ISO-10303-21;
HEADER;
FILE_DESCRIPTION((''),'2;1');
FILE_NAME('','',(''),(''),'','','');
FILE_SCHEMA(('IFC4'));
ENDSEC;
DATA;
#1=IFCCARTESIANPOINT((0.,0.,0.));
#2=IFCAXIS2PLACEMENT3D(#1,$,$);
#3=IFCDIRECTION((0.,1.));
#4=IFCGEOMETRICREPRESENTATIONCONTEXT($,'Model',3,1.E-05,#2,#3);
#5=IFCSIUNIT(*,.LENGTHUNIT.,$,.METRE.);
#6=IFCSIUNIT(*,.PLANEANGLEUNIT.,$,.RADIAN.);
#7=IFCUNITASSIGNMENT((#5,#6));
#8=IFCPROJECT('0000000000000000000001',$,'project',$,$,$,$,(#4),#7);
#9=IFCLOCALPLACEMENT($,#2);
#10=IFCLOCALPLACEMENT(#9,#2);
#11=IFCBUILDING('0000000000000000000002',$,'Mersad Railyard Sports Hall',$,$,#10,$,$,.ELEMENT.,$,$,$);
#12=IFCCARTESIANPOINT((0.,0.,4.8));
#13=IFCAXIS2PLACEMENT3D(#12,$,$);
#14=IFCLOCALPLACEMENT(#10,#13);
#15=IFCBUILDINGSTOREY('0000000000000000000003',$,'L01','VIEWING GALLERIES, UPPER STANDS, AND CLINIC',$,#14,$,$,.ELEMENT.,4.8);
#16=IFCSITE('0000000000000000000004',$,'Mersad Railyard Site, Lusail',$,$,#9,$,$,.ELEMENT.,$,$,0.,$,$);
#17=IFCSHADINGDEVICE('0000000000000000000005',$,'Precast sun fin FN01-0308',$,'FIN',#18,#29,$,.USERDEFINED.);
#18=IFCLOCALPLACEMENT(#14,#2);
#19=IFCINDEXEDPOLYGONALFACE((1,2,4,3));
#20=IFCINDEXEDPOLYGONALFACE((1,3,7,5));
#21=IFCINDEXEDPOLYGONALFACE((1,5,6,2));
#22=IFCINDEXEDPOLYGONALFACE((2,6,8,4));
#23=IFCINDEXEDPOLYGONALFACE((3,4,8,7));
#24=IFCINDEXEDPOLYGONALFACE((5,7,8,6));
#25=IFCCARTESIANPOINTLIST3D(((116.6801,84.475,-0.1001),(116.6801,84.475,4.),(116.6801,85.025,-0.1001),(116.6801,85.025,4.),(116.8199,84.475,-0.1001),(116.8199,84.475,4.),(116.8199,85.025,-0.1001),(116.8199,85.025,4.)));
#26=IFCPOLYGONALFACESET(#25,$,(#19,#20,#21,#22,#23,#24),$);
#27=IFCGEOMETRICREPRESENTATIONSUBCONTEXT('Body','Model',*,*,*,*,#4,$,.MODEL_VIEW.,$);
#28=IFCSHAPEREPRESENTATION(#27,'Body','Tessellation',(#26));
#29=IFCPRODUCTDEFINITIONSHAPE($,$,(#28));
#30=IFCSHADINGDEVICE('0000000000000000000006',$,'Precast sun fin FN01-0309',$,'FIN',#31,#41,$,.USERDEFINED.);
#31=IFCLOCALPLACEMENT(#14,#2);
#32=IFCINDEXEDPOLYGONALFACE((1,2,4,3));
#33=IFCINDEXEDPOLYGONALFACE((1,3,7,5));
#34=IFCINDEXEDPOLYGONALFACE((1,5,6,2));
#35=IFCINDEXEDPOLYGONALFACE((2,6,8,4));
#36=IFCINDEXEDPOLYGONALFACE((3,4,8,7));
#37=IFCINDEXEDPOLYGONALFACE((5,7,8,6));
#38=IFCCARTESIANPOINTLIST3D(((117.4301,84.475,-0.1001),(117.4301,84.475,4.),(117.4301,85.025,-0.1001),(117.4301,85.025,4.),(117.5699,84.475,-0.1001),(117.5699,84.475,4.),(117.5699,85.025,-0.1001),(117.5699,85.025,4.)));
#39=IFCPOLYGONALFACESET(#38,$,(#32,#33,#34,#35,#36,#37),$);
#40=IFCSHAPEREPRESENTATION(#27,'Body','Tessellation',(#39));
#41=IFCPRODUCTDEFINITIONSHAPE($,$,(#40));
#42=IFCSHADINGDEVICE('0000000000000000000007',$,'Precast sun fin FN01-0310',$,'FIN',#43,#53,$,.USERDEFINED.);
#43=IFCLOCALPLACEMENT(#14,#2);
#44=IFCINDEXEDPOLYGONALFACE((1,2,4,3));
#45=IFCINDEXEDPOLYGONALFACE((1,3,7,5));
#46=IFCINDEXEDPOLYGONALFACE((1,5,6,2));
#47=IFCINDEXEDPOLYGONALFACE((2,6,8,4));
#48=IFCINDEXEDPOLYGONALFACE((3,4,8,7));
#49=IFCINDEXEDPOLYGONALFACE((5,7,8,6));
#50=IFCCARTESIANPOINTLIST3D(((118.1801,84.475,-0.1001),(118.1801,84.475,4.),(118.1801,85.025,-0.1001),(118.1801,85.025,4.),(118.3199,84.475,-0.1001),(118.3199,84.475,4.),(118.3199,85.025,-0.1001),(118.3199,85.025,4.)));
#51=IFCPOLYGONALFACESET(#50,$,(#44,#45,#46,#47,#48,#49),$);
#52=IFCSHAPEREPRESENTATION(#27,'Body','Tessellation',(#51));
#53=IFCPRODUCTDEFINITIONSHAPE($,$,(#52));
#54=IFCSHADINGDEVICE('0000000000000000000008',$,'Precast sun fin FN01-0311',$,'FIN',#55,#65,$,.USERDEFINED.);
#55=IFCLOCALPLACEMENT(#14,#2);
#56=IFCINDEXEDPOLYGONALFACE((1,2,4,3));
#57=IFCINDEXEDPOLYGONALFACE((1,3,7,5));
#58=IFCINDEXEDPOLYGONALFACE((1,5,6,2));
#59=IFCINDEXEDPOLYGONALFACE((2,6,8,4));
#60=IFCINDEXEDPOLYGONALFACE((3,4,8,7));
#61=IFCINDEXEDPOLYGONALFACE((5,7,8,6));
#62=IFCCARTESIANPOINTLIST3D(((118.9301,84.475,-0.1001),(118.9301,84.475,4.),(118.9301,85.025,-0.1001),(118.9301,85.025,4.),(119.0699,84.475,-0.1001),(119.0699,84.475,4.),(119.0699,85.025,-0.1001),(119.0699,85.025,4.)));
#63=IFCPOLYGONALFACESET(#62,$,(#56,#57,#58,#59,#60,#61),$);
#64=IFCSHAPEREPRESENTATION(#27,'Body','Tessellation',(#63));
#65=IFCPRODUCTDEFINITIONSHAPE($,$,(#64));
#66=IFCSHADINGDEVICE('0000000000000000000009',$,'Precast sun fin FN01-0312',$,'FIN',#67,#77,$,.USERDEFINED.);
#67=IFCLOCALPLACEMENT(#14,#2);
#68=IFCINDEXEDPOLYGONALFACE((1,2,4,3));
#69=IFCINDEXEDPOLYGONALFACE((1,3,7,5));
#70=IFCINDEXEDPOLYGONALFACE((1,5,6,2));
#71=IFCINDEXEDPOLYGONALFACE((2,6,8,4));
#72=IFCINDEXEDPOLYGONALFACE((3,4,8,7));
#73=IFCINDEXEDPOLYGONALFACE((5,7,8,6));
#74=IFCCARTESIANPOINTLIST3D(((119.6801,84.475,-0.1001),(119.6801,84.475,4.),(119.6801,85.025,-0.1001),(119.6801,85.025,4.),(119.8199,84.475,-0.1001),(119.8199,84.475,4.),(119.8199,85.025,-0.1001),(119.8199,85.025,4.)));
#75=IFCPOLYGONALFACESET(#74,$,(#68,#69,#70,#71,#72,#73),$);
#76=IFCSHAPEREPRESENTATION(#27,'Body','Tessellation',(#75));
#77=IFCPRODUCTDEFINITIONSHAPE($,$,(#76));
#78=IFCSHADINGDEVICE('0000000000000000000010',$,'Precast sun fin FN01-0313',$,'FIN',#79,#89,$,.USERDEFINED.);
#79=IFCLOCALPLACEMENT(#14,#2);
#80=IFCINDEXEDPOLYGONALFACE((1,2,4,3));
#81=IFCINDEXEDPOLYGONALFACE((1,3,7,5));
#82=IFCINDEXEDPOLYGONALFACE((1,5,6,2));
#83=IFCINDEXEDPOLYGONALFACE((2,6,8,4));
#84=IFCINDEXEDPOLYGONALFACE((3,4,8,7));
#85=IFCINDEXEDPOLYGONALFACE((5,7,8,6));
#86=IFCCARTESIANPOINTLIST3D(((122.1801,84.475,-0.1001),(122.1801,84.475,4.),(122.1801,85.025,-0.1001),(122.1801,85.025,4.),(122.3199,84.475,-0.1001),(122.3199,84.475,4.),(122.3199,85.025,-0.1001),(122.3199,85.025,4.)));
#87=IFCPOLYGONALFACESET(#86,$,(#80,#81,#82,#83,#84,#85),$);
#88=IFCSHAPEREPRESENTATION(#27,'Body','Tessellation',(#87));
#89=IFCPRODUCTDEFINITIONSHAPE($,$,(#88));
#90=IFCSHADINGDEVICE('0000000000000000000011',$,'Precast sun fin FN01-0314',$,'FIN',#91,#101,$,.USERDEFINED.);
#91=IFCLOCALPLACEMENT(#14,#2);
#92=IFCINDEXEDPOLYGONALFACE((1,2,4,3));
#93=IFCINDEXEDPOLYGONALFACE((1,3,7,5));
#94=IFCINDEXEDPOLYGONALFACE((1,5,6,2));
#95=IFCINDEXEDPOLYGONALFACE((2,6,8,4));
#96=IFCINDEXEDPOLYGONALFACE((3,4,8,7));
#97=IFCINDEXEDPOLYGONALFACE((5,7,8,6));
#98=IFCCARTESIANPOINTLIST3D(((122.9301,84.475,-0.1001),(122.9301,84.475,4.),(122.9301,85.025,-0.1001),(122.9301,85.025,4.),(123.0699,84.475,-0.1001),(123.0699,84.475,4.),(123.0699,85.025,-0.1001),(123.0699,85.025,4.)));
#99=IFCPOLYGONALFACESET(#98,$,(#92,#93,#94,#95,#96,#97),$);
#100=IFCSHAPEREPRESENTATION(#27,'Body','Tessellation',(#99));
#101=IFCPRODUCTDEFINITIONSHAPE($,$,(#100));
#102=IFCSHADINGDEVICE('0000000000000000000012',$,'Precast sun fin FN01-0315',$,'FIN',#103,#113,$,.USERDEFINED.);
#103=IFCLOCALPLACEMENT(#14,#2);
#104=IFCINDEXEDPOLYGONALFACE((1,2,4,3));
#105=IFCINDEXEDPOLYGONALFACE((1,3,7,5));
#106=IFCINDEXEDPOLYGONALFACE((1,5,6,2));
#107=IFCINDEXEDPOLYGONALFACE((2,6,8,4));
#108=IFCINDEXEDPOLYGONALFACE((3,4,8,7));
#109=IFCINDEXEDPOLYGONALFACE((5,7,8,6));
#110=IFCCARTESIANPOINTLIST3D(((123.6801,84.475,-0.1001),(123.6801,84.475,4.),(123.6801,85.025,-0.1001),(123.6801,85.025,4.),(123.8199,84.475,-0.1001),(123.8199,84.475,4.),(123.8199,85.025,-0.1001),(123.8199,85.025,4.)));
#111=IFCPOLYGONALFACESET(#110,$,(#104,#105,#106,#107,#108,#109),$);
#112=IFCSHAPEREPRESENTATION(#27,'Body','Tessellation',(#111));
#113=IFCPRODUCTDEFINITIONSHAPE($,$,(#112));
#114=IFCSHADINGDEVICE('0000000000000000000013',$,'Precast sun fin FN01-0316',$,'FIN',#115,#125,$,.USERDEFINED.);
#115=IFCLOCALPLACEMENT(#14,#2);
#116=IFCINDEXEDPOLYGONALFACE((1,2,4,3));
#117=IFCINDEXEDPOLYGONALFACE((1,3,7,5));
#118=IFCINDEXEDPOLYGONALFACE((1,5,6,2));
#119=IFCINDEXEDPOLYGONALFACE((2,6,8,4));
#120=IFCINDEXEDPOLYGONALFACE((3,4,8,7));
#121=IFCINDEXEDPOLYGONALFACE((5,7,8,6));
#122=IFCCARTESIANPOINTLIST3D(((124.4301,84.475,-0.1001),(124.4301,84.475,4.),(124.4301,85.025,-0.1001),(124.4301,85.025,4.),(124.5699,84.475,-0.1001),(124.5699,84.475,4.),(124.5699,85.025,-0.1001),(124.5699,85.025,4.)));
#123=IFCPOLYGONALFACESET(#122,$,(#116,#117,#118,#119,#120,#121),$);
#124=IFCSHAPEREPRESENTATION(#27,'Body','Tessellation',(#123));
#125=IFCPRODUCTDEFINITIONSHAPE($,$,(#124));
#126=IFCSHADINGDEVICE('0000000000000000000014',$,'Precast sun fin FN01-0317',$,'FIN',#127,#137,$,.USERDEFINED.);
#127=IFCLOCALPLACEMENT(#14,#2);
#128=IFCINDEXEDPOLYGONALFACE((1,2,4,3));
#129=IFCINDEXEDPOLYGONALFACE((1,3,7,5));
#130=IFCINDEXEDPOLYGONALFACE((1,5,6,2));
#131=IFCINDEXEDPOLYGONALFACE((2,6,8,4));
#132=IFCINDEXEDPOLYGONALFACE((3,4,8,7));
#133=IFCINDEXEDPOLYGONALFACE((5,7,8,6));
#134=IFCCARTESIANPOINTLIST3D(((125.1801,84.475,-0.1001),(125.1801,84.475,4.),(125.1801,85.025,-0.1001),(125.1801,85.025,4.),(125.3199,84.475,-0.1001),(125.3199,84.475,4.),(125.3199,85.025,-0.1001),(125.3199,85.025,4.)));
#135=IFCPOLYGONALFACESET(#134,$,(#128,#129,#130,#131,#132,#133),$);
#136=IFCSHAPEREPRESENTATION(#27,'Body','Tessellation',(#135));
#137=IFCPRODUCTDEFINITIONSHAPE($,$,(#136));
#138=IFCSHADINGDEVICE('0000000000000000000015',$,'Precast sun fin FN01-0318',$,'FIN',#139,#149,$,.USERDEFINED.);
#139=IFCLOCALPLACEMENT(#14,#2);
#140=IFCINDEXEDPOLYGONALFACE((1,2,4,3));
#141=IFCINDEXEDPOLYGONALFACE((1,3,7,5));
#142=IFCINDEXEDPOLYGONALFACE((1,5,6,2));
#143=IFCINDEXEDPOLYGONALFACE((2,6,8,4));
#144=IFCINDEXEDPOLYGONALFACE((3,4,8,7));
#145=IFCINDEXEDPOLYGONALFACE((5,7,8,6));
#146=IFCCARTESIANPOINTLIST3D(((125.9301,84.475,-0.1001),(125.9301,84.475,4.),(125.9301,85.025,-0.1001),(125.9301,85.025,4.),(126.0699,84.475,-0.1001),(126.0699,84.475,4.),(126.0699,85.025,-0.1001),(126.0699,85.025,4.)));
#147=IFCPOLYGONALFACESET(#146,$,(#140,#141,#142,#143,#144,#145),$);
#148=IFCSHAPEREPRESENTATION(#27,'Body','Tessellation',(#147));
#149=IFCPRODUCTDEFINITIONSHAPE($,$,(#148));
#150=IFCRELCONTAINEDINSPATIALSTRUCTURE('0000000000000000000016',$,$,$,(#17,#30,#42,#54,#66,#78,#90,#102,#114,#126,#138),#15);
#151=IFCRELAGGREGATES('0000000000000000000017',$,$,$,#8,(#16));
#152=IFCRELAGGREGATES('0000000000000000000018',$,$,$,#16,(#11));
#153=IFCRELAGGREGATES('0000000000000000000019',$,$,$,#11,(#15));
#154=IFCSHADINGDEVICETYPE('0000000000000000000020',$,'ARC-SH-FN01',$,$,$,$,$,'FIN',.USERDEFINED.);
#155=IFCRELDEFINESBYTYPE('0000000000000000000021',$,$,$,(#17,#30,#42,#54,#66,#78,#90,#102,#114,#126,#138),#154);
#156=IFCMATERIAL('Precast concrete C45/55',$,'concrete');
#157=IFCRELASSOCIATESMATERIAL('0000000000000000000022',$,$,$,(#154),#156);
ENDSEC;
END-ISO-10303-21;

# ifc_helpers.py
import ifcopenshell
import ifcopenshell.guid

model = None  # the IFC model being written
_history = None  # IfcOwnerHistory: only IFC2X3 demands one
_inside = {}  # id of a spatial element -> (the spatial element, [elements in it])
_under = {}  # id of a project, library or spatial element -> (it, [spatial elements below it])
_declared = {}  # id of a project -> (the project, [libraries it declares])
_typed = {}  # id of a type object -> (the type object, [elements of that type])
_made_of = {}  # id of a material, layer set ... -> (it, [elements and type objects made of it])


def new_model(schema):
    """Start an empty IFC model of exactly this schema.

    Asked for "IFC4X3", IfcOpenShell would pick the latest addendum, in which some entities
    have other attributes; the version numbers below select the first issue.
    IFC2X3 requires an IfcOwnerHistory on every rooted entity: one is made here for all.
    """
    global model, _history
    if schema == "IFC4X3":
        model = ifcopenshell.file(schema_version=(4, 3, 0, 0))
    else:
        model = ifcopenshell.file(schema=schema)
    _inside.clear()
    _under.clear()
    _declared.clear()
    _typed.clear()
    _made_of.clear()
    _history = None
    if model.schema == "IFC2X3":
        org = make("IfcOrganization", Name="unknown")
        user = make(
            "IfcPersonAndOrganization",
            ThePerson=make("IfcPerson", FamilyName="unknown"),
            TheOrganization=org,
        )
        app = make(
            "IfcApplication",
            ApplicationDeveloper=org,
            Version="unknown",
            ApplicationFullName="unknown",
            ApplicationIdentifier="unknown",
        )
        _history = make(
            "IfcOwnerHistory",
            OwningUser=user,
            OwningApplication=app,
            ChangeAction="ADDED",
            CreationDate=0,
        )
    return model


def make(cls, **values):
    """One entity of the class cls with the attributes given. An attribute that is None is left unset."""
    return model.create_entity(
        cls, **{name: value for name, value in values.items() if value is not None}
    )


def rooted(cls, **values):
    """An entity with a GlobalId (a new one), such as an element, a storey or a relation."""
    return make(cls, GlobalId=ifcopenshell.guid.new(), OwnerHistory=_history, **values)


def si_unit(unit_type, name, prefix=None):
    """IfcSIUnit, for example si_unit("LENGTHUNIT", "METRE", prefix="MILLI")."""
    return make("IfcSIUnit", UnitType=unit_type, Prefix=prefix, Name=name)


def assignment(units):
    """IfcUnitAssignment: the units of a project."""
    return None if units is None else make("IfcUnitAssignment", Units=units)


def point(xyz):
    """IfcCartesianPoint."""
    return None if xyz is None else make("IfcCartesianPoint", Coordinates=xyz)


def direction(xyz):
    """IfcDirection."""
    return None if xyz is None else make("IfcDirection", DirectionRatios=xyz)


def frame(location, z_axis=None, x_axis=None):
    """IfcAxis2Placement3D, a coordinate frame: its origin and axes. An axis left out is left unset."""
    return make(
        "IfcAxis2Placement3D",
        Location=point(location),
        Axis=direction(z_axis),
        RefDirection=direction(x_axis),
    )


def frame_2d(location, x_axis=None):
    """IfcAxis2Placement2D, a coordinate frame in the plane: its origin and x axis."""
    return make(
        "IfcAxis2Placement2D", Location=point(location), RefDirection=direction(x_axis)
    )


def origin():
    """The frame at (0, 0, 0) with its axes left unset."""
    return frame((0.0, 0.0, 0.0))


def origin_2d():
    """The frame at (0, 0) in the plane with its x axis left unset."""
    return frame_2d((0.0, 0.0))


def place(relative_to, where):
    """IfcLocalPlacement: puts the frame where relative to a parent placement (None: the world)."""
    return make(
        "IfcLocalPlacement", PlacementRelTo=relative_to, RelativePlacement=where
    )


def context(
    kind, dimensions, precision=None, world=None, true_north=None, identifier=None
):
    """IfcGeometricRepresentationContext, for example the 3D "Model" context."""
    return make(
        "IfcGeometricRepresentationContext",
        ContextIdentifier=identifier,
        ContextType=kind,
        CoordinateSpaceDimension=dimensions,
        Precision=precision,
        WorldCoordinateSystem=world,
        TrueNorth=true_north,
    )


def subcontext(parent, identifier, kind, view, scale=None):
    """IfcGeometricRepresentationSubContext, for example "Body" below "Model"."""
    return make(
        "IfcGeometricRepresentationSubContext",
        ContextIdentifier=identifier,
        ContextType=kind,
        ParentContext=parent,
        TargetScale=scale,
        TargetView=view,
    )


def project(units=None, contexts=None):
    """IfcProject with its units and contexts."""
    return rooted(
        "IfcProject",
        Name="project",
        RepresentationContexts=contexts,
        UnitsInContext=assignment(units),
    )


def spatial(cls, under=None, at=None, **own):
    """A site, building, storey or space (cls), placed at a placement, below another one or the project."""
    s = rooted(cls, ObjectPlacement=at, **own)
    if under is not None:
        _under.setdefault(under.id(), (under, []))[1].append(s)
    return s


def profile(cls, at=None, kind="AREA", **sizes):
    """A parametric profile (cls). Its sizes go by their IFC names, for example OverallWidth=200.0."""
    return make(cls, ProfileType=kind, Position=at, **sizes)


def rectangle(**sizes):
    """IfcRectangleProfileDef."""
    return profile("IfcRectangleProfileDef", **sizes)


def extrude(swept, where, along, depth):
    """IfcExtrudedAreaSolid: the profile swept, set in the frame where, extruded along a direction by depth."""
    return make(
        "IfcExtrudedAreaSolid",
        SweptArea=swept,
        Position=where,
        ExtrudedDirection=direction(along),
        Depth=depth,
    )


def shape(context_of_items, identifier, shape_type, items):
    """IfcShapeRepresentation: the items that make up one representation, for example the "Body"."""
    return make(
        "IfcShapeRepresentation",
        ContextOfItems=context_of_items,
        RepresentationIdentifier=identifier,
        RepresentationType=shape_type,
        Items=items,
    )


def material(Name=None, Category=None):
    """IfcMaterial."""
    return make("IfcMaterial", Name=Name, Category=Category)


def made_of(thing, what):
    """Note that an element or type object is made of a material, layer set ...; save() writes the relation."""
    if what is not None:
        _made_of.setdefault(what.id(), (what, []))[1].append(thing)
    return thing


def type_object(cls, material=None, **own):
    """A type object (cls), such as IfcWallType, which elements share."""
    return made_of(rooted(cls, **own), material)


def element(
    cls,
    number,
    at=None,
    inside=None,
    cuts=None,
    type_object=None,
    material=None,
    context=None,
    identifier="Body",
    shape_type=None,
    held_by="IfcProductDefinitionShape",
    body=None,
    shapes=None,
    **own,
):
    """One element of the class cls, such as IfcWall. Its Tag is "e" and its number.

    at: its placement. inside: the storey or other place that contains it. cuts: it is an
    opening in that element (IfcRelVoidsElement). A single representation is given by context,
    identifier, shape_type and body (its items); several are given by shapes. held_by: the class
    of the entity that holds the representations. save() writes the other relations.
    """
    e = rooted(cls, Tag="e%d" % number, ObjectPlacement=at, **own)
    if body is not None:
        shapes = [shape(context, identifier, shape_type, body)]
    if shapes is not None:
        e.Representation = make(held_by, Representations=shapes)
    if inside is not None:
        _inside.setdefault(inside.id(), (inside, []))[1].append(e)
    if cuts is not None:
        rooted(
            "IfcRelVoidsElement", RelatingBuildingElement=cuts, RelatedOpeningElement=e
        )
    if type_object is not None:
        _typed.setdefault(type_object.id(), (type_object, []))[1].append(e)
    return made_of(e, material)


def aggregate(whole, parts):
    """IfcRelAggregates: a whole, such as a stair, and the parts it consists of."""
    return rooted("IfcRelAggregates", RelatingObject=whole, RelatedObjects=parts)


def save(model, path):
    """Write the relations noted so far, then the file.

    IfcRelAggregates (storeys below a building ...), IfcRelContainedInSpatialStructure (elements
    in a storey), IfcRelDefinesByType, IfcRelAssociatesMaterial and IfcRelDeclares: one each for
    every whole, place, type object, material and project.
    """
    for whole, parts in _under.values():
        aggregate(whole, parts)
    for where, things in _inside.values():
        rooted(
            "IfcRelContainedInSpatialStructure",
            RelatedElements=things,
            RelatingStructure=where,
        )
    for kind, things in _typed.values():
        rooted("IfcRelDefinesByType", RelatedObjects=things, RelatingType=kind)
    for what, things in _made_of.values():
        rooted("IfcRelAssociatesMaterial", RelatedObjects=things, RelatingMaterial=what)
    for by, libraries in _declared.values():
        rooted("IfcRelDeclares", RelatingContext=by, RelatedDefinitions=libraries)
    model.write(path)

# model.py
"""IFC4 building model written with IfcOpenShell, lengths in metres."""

from ifc_helpers import new_model, si_unit, direction, frame, origin, origin_2d, place, context, subcontext, project, spatial, rectangle, extrude, material, type_object, element, save


model = new_model("IFC4")

# Units and contexts
model_context = context("Model", 3, precision=1e-05, world=origin(), true_north=direction((0.0, 1.0)))
body_context = subcontext(model_context, "Body", "Model", "MODEL_VIEW")
ifc_project = project(units=[si_unit("LENGTHUNIT", "METRE"), si_unit("PLANEANGLEUNIT", "RADIAN")], contexts=[model_context])

# Site, building, storey
site_placement = place(None, origin())
site = spatial("IfcSite", under=ifc_project, at=site_placement, Name="Mersad Railyard Site, Lusail", CompositionType="ELEMENT", RefElevation=0.0)
building_placement = place(site_placement, origin())
building = spatial("IfcBuilding", under=site, at=building_placement, Name="Mersad Railyard Sports Hall", CompositionType="ELEMENT")
storey_placement = place(building_placement, frame((0.0, 0.0, 4.8)))
storey = spatial("IfcBuildingStorey", under=building, at=storey_placement, Name="L01", Description="VIEWING GALLERIES, UPPER STANDS, AND CLINIC", CompositionType="ELEMENT", Elevation=4.8)

# Shading devices
ifc_material_1 = material(Name="Precast concrete C45/55", Category="concrete")
shading_device_type = type_object("IfcShadingDeviceType", Name="ARC-SH-FN01", ElementType="FIN", PredefinedType="USERDEFINED", material=ifc_material_1)
for number, where, z_axis, x_axis, name in (
    (1, (116.75, 84.75, -0.1001), (0.0, 0.0, 1.0), (1.0, 0.0, 0.0), "Precast sun fin FN01-0308"),
    (2, (117.5, 84.75, -0.1001), (0.0, 0.0, 1.0), (1.0, 0.0, 0.0), "Precast sun fin FN01-0309"),
    (3, (118.25, 84.75, -0.1001), (0.0, 0.0, 1.0), (1.0, 0.0, 0.0), "Precast sun fin FN01-0310"),
    (4, (119.0, 84.75, -0.1001), (0.0, 0.0, 1.0), (1.0, 0.0, 0.0), "Precast sun fin FN01-0311"),
    (5, (119.75, 84.75, -0.1001), (0.0, 0.0, 1.0), (1.0, 0.0, 0.0), "Precast sun fin FN01-0312"),
    (6, (122.25, 84.75, -0.1001), (0.0, 0.0, 1.0), (1.0, 0.0, 0.0), "Precast sun fin FN01-0313"),
    (7, (123.0, 84.75, -0.1001), (0.0, 0.0, 1.0), (1.0, 0.0, 0.0), "Precast sun fin FN01-0314"),
    (8, (123.75, 84.75, -0.1001), (0.0, 0.0, 1.0), (1.0, 0.0, 0.0), "Precast sun fin FN01-0315"),
    (9, (124.5, 84.75, -0.1001), (0.0, 0.0, 1.0), (1.0, 0.0, 0.0), "Precast sun fin FN01-0316"),
    (10, (125.25, 84.75, -0.1001), (0.0, 0.0, 1.0), (1.0, 0.0, 0.0), "Precast sun fin FN01-0317"),
    (11, (126.0, 84.75, -0.1001), (0.0, 0.0, 1.0), (1.0, 0.0, 0.0), "Precast sun fin FN01-0318"),
):
    element("IfcShadingDevice", number, at=place(storey_placement, frame(where, z_axis=z_axis, x_axis=x_axis)), inside=storey, type_object=shading_device_type, Name=name, ObjectType="FIN", PredefinedType="USERDEFINED", context=body_context, shape_type="SweptSolid", body=[
        extrude(rectangle(XDim=0.1399, YDim=0.55, at=origin_2d()), origin(), (0.0, 0.0, 1.0), 4.1001),
    ])

save(model, "model.ifc")
